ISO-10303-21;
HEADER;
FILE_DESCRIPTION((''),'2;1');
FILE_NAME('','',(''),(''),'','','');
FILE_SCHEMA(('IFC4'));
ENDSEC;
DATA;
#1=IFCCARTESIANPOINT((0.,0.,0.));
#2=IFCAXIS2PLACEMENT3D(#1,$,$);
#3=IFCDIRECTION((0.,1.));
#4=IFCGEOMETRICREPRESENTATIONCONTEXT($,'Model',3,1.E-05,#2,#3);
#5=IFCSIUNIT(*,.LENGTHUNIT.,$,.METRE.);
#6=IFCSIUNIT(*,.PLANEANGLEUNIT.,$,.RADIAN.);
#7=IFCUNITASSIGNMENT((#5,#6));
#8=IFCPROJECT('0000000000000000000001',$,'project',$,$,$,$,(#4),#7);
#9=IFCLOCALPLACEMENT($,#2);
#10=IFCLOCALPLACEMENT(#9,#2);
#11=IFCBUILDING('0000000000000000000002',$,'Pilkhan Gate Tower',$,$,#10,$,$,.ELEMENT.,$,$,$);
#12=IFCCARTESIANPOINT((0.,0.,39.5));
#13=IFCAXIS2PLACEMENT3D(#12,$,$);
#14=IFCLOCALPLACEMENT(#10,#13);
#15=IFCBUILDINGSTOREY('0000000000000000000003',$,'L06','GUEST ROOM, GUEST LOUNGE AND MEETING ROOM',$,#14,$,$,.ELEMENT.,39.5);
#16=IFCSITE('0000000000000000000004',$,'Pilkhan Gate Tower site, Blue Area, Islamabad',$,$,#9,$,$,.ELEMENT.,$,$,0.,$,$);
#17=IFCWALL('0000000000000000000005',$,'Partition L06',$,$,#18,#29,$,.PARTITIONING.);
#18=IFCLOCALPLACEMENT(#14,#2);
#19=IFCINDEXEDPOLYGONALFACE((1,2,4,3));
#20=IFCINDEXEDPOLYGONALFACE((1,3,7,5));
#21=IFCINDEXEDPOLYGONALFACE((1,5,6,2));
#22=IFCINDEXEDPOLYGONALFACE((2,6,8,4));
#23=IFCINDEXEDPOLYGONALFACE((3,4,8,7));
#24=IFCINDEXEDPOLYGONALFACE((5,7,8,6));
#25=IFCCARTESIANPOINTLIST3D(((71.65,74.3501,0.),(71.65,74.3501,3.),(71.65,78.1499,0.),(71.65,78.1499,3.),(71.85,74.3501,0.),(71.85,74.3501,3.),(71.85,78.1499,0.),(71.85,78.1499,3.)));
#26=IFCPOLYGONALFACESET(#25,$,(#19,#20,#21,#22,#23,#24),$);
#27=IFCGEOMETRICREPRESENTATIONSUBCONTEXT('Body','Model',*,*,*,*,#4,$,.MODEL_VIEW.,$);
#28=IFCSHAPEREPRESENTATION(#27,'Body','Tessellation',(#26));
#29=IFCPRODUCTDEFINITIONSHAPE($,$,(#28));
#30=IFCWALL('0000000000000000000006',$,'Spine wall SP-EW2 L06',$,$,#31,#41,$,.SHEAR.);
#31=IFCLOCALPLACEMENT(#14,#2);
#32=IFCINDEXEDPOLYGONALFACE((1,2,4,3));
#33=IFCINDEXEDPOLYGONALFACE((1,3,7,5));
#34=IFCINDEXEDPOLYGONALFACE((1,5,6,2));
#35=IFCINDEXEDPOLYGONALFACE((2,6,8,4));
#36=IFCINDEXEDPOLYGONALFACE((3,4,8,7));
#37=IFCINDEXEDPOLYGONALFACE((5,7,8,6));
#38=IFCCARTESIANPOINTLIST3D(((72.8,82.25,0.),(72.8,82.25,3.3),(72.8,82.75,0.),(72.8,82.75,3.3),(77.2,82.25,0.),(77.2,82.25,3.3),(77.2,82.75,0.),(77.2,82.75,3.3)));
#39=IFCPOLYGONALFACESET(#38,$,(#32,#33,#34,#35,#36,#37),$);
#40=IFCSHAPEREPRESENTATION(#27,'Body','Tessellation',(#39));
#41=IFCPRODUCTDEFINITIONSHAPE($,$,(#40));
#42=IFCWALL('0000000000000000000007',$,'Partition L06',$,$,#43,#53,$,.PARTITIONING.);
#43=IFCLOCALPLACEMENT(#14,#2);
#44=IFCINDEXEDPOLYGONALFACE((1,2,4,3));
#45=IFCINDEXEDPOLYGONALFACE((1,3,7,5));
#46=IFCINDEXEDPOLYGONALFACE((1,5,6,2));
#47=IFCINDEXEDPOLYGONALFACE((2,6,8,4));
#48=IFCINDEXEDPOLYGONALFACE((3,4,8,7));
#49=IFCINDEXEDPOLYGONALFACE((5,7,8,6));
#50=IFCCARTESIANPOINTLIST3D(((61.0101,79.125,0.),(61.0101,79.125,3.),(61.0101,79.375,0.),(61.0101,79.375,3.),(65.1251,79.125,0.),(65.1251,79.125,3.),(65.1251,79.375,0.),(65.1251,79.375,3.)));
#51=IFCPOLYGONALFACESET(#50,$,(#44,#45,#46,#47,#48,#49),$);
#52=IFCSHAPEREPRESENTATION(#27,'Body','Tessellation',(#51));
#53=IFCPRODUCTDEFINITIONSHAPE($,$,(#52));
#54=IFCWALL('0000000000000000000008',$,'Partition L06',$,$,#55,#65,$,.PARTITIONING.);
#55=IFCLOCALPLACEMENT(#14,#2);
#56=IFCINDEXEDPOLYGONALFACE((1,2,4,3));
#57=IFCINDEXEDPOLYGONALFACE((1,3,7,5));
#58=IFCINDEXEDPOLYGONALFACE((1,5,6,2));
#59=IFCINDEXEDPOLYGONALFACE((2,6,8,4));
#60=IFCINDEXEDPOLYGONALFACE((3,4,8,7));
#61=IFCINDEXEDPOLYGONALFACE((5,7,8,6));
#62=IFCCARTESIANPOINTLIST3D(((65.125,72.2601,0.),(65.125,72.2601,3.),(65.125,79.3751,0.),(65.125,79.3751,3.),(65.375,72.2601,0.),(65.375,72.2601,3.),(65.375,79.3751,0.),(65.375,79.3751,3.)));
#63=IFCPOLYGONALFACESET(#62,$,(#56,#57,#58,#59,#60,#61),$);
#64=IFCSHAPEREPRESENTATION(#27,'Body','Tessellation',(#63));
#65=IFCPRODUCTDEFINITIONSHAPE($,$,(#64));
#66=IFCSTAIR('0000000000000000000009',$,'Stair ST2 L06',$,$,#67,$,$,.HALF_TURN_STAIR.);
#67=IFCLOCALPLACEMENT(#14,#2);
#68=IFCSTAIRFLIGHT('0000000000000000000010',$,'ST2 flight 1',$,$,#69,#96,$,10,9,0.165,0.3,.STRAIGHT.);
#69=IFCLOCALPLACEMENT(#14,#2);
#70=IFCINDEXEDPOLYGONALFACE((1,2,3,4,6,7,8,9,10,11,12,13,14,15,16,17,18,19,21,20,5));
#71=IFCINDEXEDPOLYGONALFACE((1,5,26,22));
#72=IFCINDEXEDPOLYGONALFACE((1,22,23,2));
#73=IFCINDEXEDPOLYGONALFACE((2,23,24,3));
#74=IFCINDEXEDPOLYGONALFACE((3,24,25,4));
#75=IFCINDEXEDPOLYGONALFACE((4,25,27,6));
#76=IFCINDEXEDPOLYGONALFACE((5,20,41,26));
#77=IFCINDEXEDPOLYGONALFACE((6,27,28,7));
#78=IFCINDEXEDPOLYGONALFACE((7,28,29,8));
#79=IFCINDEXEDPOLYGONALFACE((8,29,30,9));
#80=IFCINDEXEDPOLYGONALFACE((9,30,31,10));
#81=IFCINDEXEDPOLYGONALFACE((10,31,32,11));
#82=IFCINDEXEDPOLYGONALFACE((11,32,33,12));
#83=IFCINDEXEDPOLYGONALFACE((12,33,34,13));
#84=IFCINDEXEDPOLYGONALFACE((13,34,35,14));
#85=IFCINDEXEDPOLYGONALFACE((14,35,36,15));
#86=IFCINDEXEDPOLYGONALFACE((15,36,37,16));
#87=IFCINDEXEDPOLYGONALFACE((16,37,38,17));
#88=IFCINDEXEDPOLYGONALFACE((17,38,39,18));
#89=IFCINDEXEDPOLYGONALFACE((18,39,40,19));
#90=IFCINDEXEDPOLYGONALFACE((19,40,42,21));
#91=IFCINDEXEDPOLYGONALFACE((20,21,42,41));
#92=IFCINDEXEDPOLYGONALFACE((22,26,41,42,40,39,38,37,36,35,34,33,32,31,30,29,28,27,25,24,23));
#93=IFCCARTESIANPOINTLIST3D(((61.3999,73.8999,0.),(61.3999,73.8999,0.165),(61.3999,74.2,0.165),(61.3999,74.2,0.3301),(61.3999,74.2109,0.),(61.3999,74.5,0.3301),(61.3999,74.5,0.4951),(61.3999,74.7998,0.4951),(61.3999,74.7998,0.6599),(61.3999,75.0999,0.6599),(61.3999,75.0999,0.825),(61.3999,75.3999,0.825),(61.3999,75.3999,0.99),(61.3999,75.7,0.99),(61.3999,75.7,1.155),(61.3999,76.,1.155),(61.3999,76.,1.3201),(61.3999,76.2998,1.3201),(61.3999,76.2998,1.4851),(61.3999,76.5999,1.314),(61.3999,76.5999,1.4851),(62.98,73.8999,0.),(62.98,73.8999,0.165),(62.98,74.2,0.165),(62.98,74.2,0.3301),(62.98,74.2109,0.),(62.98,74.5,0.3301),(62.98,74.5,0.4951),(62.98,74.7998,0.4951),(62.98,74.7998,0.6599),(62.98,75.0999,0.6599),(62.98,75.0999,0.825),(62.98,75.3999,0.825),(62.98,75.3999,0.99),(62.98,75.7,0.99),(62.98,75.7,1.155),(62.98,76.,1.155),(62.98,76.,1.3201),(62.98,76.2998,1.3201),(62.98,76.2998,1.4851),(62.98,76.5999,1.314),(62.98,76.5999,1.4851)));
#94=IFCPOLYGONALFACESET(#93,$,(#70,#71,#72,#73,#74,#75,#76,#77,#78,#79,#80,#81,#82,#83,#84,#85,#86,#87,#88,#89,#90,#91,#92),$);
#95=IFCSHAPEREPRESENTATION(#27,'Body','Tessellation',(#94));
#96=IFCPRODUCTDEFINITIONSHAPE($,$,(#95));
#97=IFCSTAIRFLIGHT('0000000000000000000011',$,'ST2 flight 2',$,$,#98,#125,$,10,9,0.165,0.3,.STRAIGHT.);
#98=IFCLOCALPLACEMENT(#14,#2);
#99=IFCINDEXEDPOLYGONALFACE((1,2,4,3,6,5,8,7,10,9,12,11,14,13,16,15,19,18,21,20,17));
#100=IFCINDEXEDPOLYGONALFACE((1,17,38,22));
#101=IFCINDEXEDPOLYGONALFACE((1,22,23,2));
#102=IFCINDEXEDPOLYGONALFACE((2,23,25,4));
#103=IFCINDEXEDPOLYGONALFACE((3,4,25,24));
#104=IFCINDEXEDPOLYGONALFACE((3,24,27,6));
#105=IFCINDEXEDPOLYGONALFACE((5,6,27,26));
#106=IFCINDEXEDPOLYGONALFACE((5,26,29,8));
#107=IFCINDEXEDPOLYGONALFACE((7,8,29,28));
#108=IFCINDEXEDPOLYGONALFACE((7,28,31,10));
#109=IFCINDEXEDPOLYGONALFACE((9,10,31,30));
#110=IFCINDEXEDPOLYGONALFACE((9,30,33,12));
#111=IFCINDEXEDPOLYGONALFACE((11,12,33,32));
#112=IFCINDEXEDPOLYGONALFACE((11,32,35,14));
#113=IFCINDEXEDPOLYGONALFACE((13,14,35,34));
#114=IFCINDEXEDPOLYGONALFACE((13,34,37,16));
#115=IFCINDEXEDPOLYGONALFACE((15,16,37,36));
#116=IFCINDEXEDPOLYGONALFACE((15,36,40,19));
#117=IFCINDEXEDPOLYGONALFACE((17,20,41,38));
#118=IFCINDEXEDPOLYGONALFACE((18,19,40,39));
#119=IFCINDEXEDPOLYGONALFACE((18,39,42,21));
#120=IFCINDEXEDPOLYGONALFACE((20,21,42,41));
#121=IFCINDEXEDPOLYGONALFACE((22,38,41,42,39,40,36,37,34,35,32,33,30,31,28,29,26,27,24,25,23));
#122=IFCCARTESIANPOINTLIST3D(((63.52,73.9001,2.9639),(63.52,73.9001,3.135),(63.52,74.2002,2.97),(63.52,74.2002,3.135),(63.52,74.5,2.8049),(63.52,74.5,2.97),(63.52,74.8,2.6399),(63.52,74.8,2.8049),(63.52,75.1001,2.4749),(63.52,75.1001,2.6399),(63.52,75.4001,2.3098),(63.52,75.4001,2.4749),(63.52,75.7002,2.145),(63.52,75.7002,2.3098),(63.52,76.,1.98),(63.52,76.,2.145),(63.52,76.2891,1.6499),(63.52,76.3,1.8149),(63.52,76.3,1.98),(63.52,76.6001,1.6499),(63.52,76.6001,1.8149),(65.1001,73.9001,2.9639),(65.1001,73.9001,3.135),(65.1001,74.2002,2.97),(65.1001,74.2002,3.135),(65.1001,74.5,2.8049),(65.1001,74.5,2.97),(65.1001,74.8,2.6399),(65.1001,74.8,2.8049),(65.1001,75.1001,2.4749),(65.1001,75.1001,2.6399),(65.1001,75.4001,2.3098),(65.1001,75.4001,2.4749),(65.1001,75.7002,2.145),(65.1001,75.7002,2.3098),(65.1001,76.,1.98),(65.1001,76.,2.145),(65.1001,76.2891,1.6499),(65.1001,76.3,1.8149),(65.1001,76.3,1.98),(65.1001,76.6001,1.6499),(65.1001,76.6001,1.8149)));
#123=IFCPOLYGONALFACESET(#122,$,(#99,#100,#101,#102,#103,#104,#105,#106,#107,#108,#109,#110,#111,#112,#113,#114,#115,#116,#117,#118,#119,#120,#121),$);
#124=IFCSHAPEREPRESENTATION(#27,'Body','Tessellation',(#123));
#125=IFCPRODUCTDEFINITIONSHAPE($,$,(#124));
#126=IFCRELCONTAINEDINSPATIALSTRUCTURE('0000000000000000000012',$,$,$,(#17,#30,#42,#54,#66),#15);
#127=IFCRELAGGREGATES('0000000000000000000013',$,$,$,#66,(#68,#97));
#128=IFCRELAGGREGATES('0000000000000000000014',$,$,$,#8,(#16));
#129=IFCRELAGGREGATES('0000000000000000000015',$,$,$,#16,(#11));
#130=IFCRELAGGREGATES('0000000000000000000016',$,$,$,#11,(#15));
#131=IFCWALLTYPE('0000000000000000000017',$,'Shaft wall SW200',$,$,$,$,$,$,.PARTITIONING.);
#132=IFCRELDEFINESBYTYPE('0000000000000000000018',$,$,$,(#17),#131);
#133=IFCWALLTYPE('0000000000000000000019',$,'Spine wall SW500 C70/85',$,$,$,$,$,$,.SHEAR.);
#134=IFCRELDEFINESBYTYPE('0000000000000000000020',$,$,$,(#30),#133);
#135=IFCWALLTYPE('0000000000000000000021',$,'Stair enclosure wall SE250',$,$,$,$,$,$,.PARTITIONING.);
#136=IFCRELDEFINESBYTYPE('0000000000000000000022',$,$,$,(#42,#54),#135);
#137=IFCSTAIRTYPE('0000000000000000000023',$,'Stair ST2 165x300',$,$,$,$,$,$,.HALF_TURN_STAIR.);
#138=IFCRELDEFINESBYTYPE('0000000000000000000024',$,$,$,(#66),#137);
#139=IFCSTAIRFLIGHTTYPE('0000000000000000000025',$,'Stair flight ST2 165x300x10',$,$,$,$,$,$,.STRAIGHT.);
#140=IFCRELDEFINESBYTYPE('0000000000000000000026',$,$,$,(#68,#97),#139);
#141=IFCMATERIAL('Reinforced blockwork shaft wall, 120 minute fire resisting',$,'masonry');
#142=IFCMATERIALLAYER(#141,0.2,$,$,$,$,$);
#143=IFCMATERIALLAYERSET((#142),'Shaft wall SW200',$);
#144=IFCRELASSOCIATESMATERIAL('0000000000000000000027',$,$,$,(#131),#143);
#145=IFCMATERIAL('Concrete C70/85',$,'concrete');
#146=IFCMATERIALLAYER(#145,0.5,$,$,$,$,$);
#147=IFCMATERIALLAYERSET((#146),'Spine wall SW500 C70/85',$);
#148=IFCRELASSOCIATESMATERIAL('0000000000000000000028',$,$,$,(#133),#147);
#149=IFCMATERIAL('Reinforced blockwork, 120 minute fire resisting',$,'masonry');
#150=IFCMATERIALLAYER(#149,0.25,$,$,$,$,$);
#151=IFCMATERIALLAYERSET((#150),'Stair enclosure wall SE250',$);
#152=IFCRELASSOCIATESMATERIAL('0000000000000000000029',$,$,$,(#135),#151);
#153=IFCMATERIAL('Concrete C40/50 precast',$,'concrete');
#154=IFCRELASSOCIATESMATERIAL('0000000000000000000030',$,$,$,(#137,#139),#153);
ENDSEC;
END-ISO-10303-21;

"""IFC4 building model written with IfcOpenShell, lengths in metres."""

from ifc_helpers import new_model, si_unit, direction, frame, frame_2d, origin, place, context, subcontext, project, spatial, polyline, rectangle, outline, extrude, material, layer, layer_set, type_object, element, aggregate, save


model = new_model("IFC4")

# Units and contexts
model_context = context("Model", 3, precision=1e-05, world=origin(), true_north=direction((0.0, 1.0)))
body_context = subcontext(model_context, "Body", "Model", "MODEL_VIEW")
ifc_project = project(units=[si_unit("LENGTHUNIT", "METRE"), si_unit("PLANEANGLEUNIT", "RADIAN")], contexts=[model_context])

# Site, building, storey
site_placement = place(None, origin())
site = spatial("IfcSite", under=ifc_project, at=site_placement, Name="Pilkhan Gate Tower site, Blue Area, Islamabad", CompositionType="ELEMENT", RefElevation=0.0)
building_placement = place(site_placement, origin())
building = spatial("IfcBuilding", under=site, at=building_placement, Name="Pilkhan Gate Tower", CompositionType="ELEMENT")
storey_placement = place(building_placement, frame((0.0, 0.0, 39.5)))
storey = spatial("IfcBuildingStorey", under=building, at=storey_placement, Name="L06", Description="GUEST ROOM, GUEST LOUNGE AND MEETING ROOM", CompositionType="ELEMENT", Elevation=39.5)

# Shared definitions
ifc_material_1 = material(Name="Concrete C70/85", Category="concrete")

# Shared definitions
ifc_material_2 = material(Name="Reinforced blockwork shaft wall, 120 minute fire resisting", Category="masonry")
ifc_layer_1 = layer(ifc_material_2, 0.2)
ifc_layer_set_1 = layer_set([ifc_layer_1], Name="Shaft wall SW200")
wall_type_1 = type_object("IfcWallType", Name="Shaft wall SW200", PredefinedType="PARTITIONING", material=ifc_layer_set_1)

# Walls
for number, where, z_axis, x_axis, name in (
    (1, (71.75, 74.3501, 0.0), (0.0, 0.0, 1.0), (0.0, 1.0, 0.0), "Partition L06"),
):
    element("IfcWall", number, at=place(storey_placement, frame(where, z_axis=z_axis, x_axis=x_axis)), inside=storey, type_object=wall_type_1, Name=name, PredefinedType="PARTITIONING", context=body_context, shape_type="SweptSolid", body=[
        extrude(rectangle(XDim=3.7998, YDim=0.2, at=frame_2d((1.8999, 0.0))), origin(), (0.0, 0.0, 1.0), 3.0),
    ])
ifc_layer_2 = layer(ifc_material_1, 0.5)
ifc_layer_set_2 = layer_set([ifc_layer_2], Name="Spine wall SW500 C70/85")
wall_type_2 = type_object("IfcWallType", Name="Spine wall SW500 C70/85", PredefinedType="SHEAR", material=ifc_layer_set_2)
wall_1_placement = place(storey_placement, frame((72.8, 82.5, 0.0), z_axis=(0.0, 0.0, 1.0), x_axis=(1.0, 0.0, 0.0)))
element("IfcWall", 2, at=wall_1_placement, inside=storey, type_object=wall_type_2, Name="Spine wall SP-EW2 L06", PredefinedType="SHEAR", context=body_context, shape_type="SweptSolid", body=[
    extrude(rectangle(XDim=4.3999, YDim=0.5, at=frame_2d((2.2, 0.0))), origin(), (0.0, 0.0, 1.0), 3.3),
])
ifc_material_3 = material(Name="Reinforced blockwork, 120 minute fire resisting", Category="masonry")
ifc_layer_3 = layer(ifc_material_3, 0.25)
ifc_layer_set_3 = layer_set([ifc_layer_3], Name="Stair enclosure wall SE250")
wall_type_3 = type_object("IfcWallType", Name="Stair enclosure wall SE250", PredefinedType="PARTITIONING", material=ifc_layer_set_3)
wall_2_placement = place(storey_placement, frame((61.01, 79.25, 0.0), z_axis=(0.0, 0.0, 1.0), x_axis=(1.0, 0.0, 0.0)))
element("IfcWall", 3, at=wall_2_placement, inside=storey, type_object=wall_type_3, Name="Partition L06", PredefinedType="PARTITIONING", context=body_context, shape_type="SweptSolid", body=[
    extrude(rectangle(XDim=4.115, YDim=0.25, at=frame_2d((2.0576, 0.0))), origin(), (0.0, 0.0, 1.0), 3.0),
])
wall_3_placement = place(storey_placement, frame((65.25, 72.26, 0.0), z_axis=(0.0, 0.0, 1.0), x_axis=(0.0, 1.0, 0.0)))
element("IfcWall", 4, at=wall_3_placement, inside=storey, type_object=wall_type_3, Name="Partition L06", PredefinedType="PARTITIONING", context=body_context, shape_type="SweptSolid", body=[
    extrude(rectangle(XDim=7.115, YDim=0.25, at=frame_2d((3.5576, 0.0))), origin(), (0.0, 0.0, 1.0), 3.0),
])

# Stair, stair flights
ifc_material_4 = material(Name="Concrete C40/50 precast", Category="concrete")
stair_type = type_object("IfcStairType", Name="Stair ST2 165x300", PredefinedType="HALF_TURN_STAIR", material=ifc_material_4)
stair_placement = place(storey_placement, origin())
stair = element("IfcStair", 5, at=stair_placement, inside=storey, type_object=stair_type, Name="Stair ST2 L06", PredefinedType="HALF_TURN_STAIR")
stair_flight_type = type_object("IfcStairFlightType", Name="Stair flight ST2 165x300x10", PredefinedType="STRAIGHT", material=ifc_material_4)
stair_flight_1_placement = place(storey_placement, frame((62.1899, 73.8999, 0.0), z_axis=(0.0, 0.0, 1.0), x_axis=(0.0, 1.0, 0.0)))
stair_flight_1 = element("IfcStairFlight", 6, at=stair_flight_1_placement, type_object=stair_flight_type, Name="ST2 flight 1", NumberOfRisers=10, NumberOfTreads=9, PredefinedType="STRAIGHT", RiserHeight=0.165, TreadLength=0.3, context=body_context, shape_type="SweptSolid", body=[
    extrude(outline(polyline([(0.0, 0.0), (0.0, 0.165), (0.3, 0.165), (0.3, 0.3301), (0.6001, 0.3301), (0.6001, 0.4951), (0.8999, 0.4951), (0.8999, 0.6599), (1.2, 0.6599), (1.2, 0.825), (1.5, 0.825), (1.5, 0.99), (1.8, 0.99), (1.8, 1.155), (2.1001, 1.155), (2.1001, 1.3201), (2.3999, 1.3201), (2.3999, 1.4851), (2.7, 1.4851), (2.7, 1.6499), (2.7, 1.314), (0.311, 0.0), (0.0, 0.0)])), frame((0.0, 0.79, 0.0), z_axis=(0.0, -1.0, 0.0), x_axis=(1.0, 0.0, 0.0)), (0.0, 0.0, 1.0), 1.5801),
])
stair_flight_2_placement = place(storey_placement, frame((64.3101, 76.6001, 1.6499), z_axis=(0.0, 0.0, 1.0), x_axis=(0.0, -1.0, 0.0)))
stair_flight_2 = element("IfcStairFlight", 7, at=stair_flight_2_placement, type_object=stair_flight_type, Name="ST2 flight 2", NumberOfRisers=10, NumberOfTreads=9, PredefinedType="STRAIGHT", RiserHeight=0.165, TreadLength=0.3, context=body_context, shape_type="SweptSolid", body=[
    extrude(outline(polyline([(0.0, 0.0), (0.0, 0.165), (0.3, 0.165), (0.3, 0.3301), (0.6001, 0.3301), (0.6001, 0.4951), (0.8999, 0.4951), (0.8999, 0.6599), (1.2, 0.6599), (1.2, 0.825), (1.5, 0.825), (1.5, 0.99), (1.8, 0.99), (1.8, 1.155), (2.1001, 1.155), (2.1001, 1.3201), (2.3999, 1.3201), (2.3999, 1.4851), (2.7, 1.4851), (2.7, 1.6499), (2.7, 1.314), (0.311, 0.0), (0.0, 0.0)])), frame((0.0, 0.79, 0.0), z_axis=(0.0, -1.0, 0.0), x_axis=(1.0, 0.0, 0.0)), (0.0, 0.0, 1.0), 1.5801),
])
aggregate(stair, [stair_flight_1, stair_flight_2])

save(model, "model.ifc")
